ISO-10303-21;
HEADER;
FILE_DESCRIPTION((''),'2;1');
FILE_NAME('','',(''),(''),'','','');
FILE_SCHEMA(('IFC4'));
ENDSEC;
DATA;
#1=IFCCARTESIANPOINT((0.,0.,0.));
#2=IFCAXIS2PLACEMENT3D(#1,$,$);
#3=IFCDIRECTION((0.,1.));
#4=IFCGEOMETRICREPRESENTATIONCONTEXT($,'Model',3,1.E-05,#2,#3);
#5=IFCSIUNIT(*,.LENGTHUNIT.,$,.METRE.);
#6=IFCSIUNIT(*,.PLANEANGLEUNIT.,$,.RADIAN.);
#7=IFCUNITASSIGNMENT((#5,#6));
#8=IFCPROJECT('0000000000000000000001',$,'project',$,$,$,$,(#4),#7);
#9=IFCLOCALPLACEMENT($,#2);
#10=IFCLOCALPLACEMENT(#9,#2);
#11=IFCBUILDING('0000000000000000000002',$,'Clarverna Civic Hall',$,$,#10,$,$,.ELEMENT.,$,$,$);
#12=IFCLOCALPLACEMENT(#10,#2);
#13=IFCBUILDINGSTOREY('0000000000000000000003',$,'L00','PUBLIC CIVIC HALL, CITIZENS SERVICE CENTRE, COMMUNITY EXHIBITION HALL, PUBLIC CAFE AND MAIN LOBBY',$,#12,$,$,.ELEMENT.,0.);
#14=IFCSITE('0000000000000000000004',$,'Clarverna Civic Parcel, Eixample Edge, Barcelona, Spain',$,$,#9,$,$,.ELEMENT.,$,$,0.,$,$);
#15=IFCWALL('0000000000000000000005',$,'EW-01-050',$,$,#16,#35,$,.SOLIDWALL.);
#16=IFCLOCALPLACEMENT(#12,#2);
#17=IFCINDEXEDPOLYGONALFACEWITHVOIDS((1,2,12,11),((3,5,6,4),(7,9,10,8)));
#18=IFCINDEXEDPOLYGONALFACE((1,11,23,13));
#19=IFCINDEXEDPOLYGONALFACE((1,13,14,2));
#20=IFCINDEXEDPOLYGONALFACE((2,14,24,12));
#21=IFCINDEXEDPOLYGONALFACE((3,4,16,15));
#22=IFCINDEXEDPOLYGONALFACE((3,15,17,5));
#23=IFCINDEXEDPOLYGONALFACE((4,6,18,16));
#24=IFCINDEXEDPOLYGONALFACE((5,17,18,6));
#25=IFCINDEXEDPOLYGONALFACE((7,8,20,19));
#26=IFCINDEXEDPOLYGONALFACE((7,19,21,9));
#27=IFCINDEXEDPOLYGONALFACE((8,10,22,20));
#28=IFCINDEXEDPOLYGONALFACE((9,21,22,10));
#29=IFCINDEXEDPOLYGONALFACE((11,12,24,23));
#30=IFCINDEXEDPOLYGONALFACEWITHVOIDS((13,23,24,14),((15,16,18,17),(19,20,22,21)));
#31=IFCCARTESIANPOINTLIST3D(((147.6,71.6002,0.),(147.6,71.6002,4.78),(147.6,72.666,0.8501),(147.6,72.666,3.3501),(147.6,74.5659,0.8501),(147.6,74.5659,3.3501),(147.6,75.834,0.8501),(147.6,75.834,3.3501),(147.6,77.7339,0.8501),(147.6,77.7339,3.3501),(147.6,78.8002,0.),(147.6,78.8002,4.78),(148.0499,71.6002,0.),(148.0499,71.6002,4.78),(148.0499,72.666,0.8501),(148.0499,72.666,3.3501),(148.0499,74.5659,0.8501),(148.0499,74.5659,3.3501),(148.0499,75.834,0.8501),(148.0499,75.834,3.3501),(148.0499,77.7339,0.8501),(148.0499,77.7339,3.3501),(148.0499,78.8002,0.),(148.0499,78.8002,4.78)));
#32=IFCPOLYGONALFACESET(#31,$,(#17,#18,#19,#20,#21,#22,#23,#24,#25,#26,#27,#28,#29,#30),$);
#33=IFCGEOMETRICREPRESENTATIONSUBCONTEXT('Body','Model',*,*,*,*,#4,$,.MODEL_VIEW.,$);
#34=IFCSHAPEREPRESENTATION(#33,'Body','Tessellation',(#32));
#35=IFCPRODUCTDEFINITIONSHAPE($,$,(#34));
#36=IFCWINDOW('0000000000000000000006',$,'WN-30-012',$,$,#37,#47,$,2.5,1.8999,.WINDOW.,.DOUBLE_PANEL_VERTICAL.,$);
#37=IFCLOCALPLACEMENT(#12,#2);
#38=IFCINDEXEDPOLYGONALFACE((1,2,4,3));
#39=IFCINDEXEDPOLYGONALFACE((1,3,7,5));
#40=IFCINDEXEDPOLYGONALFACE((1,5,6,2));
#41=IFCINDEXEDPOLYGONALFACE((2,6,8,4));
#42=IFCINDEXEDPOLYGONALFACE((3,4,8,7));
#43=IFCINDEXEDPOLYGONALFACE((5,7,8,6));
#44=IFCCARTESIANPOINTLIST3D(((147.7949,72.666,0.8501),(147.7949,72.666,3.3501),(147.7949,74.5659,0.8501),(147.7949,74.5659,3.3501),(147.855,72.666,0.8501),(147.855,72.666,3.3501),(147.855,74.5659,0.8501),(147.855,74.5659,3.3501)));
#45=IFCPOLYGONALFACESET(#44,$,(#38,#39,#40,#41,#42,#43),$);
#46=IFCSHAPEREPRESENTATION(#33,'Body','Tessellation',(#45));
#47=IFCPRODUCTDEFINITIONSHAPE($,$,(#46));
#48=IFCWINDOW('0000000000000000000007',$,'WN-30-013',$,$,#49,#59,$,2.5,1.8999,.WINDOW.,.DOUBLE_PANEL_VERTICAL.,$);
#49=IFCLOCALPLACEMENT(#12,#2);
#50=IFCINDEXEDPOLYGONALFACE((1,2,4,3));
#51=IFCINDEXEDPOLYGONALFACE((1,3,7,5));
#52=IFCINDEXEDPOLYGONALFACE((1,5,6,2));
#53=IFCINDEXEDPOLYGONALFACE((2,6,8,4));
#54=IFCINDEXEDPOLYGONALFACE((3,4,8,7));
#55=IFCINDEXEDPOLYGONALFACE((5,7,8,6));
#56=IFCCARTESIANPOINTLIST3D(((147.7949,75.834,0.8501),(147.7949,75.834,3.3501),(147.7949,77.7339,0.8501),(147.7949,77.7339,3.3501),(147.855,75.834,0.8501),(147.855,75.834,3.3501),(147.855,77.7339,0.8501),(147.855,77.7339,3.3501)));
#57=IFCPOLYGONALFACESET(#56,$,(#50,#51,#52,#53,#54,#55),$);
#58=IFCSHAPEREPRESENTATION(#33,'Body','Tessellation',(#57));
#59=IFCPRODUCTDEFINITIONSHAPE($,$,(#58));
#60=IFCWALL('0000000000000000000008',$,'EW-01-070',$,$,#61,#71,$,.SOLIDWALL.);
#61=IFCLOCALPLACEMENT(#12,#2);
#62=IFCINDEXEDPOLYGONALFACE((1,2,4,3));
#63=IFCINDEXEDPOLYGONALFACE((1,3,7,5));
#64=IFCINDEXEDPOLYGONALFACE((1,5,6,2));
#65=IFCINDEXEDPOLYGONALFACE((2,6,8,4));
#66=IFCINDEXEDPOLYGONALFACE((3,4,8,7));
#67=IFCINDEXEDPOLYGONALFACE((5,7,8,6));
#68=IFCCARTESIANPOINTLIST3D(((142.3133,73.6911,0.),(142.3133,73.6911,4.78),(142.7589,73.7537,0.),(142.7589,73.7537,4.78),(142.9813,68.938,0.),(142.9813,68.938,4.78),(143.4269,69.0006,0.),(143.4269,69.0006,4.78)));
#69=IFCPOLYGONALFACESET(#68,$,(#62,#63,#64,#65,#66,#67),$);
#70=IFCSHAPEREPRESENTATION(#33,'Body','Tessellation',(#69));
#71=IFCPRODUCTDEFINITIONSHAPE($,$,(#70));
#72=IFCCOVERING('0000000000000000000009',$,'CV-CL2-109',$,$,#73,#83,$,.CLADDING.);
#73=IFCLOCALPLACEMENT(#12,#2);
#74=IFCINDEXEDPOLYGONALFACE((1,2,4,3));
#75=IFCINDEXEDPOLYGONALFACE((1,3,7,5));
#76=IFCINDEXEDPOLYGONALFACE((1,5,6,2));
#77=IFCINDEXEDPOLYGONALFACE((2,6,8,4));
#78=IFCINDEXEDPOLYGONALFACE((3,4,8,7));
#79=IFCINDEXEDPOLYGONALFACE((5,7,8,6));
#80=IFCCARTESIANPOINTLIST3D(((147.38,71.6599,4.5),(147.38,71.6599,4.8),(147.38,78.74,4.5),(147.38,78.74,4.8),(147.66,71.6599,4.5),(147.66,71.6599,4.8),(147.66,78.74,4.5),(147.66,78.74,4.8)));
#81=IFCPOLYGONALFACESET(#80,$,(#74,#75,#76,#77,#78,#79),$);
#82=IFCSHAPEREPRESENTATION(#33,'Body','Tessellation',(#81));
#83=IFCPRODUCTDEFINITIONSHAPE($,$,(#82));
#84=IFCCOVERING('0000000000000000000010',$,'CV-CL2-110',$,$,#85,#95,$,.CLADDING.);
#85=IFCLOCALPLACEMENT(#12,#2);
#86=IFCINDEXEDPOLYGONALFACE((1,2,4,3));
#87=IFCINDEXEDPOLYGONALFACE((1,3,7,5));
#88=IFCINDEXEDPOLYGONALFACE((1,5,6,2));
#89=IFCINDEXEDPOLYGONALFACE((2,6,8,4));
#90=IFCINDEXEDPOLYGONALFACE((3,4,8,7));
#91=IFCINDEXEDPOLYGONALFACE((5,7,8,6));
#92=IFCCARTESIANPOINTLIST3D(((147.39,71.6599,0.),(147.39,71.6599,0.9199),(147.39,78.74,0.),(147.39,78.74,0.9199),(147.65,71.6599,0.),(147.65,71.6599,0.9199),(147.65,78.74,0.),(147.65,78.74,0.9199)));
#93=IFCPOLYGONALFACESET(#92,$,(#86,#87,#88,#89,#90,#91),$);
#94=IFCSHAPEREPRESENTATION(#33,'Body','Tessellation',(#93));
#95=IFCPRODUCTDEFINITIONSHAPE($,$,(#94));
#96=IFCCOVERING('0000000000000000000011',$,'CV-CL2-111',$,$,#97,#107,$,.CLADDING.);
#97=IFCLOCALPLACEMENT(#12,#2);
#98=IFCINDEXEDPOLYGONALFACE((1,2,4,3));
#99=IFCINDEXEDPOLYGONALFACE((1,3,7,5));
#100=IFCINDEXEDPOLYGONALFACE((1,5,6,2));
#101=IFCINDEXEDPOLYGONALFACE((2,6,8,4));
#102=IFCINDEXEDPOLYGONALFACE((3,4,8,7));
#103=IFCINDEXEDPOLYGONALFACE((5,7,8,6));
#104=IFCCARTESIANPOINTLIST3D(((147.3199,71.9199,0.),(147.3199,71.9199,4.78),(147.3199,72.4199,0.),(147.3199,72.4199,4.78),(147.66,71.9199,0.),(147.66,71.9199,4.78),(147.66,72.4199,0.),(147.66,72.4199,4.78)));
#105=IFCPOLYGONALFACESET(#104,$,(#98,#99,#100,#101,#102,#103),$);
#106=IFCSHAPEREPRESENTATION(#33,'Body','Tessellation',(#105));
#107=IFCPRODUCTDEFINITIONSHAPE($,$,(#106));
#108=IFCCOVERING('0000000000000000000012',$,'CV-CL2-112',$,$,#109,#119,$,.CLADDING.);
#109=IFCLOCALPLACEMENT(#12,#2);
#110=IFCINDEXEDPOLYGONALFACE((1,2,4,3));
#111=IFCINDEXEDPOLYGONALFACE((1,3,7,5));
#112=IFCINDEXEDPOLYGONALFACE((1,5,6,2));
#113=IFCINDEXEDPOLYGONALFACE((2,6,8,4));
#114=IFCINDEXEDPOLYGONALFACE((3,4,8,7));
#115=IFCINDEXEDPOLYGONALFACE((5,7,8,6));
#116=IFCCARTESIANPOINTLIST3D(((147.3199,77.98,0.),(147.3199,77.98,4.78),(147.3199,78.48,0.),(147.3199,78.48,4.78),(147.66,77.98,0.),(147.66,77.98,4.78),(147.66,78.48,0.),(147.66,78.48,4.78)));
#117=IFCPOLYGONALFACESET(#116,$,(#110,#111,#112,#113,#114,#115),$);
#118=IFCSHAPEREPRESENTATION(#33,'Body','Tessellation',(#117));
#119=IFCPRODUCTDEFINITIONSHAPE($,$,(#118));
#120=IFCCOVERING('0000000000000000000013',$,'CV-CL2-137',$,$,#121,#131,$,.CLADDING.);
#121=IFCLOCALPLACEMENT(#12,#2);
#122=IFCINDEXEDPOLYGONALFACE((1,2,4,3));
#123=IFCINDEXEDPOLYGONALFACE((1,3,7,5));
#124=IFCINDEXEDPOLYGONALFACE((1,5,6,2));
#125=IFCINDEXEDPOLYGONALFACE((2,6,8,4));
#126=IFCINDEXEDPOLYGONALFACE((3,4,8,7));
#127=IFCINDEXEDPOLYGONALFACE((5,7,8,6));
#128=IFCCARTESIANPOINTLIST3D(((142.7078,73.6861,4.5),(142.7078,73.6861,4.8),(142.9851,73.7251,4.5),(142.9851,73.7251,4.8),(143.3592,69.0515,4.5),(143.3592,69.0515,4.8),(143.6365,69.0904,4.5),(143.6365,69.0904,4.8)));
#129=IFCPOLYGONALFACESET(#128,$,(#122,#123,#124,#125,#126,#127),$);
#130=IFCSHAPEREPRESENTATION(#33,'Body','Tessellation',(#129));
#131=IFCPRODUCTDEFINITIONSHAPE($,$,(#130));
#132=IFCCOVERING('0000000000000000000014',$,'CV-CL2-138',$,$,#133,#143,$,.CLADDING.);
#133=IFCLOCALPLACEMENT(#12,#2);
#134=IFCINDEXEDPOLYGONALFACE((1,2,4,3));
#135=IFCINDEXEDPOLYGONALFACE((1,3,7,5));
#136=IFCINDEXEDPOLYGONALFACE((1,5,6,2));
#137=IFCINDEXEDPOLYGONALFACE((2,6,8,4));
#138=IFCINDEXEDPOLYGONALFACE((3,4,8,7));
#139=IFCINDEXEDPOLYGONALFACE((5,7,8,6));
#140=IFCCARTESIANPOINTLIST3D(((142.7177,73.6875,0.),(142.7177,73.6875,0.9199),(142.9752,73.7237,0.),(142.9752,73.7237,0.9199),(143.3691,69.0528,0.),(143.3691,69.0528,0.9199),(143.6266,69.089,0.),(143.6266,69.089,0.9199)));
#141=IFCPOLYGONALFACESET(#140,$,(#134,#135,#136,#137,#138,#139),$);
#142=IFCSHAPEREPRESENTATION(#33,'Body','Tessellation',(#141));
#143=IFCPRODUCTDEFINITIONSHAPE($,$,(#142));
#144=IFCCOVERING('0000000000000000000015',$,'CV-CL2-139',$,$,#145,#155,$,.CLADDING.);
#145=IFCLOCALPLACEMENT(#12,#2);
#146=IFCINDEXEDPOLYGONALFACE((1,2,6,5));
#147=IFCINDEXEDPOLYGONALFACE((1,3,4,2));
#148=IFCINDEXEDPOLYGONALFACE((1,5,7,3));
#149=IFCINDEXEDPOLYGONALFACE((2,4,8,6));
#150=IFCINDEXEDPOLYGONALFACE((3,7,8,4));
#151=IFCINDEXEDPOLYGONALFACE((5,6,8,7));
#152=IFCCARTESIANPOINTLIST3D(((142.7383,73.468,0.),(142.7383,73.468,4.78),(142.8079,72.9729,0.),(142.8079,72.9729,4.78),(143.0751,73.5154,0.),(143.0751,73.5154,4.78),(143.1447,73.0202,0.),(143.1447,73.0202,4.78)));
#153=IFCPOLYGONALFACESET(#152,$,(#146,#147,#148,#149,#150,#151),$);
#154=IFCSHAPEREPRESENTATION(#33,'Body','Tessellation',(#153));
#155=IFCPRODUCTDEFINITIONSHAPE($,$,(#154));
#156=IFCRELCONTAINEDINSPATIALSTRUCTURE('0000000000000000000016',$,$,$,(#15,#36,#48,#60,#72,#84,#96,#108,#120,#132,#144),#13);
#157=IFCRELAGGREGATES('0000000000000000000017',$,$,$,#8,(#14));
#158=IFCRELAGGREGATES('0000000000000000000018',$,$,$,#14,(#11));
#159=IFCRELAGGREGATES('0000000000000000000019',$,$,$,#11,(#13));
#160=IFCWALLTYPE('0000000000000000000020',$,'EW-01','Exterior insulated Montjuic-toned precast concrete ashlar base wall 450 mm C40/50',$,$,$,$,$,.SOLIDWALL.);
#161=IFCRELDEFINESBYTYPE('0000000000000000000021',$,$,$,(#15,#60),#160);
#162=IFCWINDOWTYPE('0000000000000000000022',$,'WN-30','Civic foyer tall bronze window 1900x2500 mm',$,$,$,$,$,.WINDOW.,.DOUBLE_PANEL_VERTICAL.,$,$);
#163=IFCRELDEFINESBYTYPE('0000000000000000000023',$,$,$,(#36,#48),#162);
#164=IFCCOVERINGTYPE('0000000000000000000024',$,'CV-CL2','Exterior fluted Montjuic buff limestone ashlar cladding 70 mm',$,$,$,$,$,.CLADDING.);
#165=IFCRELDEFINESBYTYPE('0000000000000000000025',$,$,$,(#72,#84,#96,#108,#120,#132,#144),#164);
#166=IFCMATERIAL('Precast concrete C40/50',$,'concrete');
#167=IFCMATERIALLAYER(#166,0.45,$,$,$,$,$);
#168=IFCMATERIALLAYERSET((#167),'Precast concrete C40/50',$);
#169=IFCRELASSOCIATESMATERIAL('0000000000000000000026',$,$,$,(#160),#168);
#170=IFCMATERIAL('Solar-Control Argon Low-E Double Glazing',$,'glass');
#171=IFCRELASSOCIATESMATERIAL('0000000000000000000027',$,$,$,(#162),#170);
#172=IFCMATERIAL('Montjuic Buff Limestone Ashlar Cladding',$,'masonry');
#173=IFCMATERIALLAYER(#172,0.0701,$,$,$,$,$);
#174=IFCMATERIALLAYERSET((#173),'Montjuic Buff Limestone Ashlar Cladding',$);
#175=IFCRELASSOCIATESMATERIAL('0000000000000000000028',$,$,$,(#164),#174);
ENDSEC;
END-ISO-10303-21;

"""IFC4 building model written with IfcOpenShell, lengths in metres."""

from ifc_helpers import new_model, si_unit, direction, frame, frame_2d, origin, place, context, subcontext, project, spatial, rectangle, extrude, material, layer, layer_set, type_object, element, fill, save


model = new_model("IFC4")

# Units and contexts
model_context = context("Model", 3, precision=1e-05, world=origin(), true_north=direction((0.0, 1.0)))
body_context = subcontext(model_context, "Body", "Model", "MODEL_VIEW")
ifc_project = project(units=[si_unit("LENGTHUNIT", "METRE"), si_unit("PLANEANGLEUNIT", "RADIAN")], contexts=[model_context])

# Site, building, storey
site_placement = place(None, origin())
site = spatial("IfcSite", under=ifc_project, at=site_placement, Name="Clarverna Civic Parcel, Eixample Edge, Barcelona, Spain", CompositionType="ELEMENT", RefElevation=0.0)
building_placement = place(site_placement, origin())
building = spatial("IfcBuilding", under=site, at=building_placement, Name="Clarverna Civic Hall", CompositionType="ELEMENT")
storey_placement = place(building_placement, origin())
storey = spatial("IfcBuildingStorey", under=building, at=storey_placement, Name="L00", Description="PUBLIC CIVIC HALL, CITIZENS SERVICE CENTRE, COMMUNITY EXHIBITION HALL, PUBLIC CAFE AND MAIN LOBBY", CompositionType="ELEMENT", Elevation=0.0)

# Shared definitions
ifc_material_1 = material(Name="Solar-Control Argon Low-E Double Glazing", Category="glass")

# Wall, openings, windows
ifc_material_2 = material(Name="Precast concrete C40/50", Category="concrete")
ifc_layer_1 = layer(ifc_material_2, 0.45)
ifc_layer_set_1 = layer_set([ifc_layer_1], Name="Precast concrete C40/50")
wall_type = type_object("IfcWallType", Name="EW-01", Description="Exterior insulated Montjuic-toned precast concrete ashlar base wall 450 mm C40/50", PredefinedType="SOLIDWALL", material=ifc_layer_set_1)
wall_1_placement = place(storey_placement, frame((147.825, 71.6001, 0.0), z_axis=(0.0, 0.0, 1.0), x_axis=(0.0, 1.0, 0.0)))
wall_1 = element("IfcWall", 1, at=wall_1_placement, inside=storey, type_object=wall_type, Name="EW-01-050", PredefinedType="SOLIDWALL", context=body_context, shape_type="SweptSolid", body=[
    extrude(rectangle(XDim=7.2, YDim=0.45, at=frame_2d((3.6001, 0.0))), origin(), (0.0, 0.0, 1.0), 4.78),
])
opening_1_placement = place(wall_1_placement, frame((1.0659, 0.0, 0.8501)))
opening_1 = element("IfcOpeningElement", 2, at=opening_1_placement, cuts=wall_1, PredefinedType="OPENING", context=body_context, shape_type="SweptSolid", body=[
    extrude(rectangle(XDim=1.8999, YDim=2.5, at=frame_2d((0.95, 1.25))), frame((0.0, 0.2349, 0.0), z_axis=(0.0, -1.0, 0.0), x_axis=(1.0, 0.0, 0.0)), (0.0, 0.0, 1.0), 0.47),
])
opening_2_placement = place(wall_1_placement, frame((4.2339, 0.0, 0.8501)))
opening_2 = element("IfcOpeningElement", 3, at=opening_2_placement, cuts=wall_1, PredefinedType="OPENING", context=body_context, shape_type="SweptSolid", body=[
    extrude(rectangle(XDim=1.8999, YDim=2.5, at=frame_2d((0.95, 1.25))), frame((0.0, 0.2349, 0.0), z_axis=(0.0, -1.0, 0.0), x_axis=(1.0, 0.0, 0.0)), (0.0, 0.0, 1.0), 0.47),
])
window_type = type_object("IfcWindowType", Name="WN-30", Description="Civic foyer tall bronze window 1900x2500 mm", PartitioningType="DOUBLE_PANEL_VERTICAL", PredefinedType="WINDOW", material=ifc_material_1)
window_1_placement = place(opening_1_placement, origin())
window_1 = element("IfcWindow", 4, at=window_1_placement, inside=storey, type_object=window_type, Name="WN-30-012", OverallHeight=2.5, OverallWidth=1.8999, PartitioningType="DOUBLE_PANEL_VERTICAL", PredefinedType="WINDOW", context=body_context, shape_type="SweptSolid", body=[
    extrude(rectangle(XDim=1.8999, YDim=2.5, at=frame_2d((0.95, 1.25))), frame((0.0, 0.03, 0.0), z_axis=(0.0, -1.0, 0.0), x_axis=(1.0, 0.0, 0.0)), (0.0, 0.0, 1.0), 0.0601),
])
fill(opening_1, window_1)
window_2_placement = place(opening_2_placement, origin())
window_2 = element("IfcWindow", 5, at=window_2_placement, inside=storey, type_object=window_type, Name="WN-30-013", OverallHeight=2.5, OverallWidth=1.8999, PartitioningType="DOUBLE_PANEL_VERTICAL", PredefinedType="WINDOW", context=body_context, shape_type="SweptSolid", body=[
    extrude(rectangle(XDim=1.8999, YDim=2.5, at=frame_2d((0.95, 1.25))), frame((0.0, 0.03, 0.0), z_axis=(0.0, -1.0, 0.0), x_axis=(1.0, 0.0, 0.0)), (0.0, 0.0, 1.0), 0.0601),
])
fill(opening_2, window_2)

# Wall
wall_2_placement = place(storey_placement, frame((142.5361, 73.7224, 0.0), z_axis=(0.0, 0.0, 1.0), x_axis=(0.139164, -0.990269, 0.0)))
element("IfcWall", 6, at=wall_2_placement, inside=storey, type_object=wall_type, Name="EW-01-070", PredefinedType="SOLIDWALL", context=body_context, shape_type="SweptSolid", body=[
    extrude(rectangle(XDim=4.7998, YDim=0.45, at=frame_2d((2.3999, 0.0))), origin(), (0.0, 0.0, 1.0), 4.78),
])

# Coverings
ifc_material_3 = material(Name="Montjuic Buff Limestone Ashlar Cladding", Category="masonry")
ifc_layer_2 = layer(ifc_material_3, 0.0701)
ifc_layer_set_2 = layer_set([ifc_layer_2], Name="Montjuic Buff Limestone Ashlar Cladding")
covering_type = type_object("IfcCoveringType", Name="CV-CL2", Description="Exterior fluted Montjuic buff limestone ashlar cladding 70 mm", PredefinedType="CLADDING", material=ifc_layer_set_2)
covering_1_placement = place(storey_placement, frame((147.52, 71.6599, 4.5), z_axis=(0.0, 0.0, 1.0), x_axis=(0.0, 1.0, 0.0)))
element("IfcCovering", 7, at=covering_1_placement, inside=storey, type_object=covering_type, Name="CV-CL2-109", PredefinedType="CLADDING", context=body_context, shape_type="SweptSolid", body=[
    extrude(rectangle(XDim=7.0801, YDim=0.28, at=frame_2d((3.54, 0.0))), origin(), (0.0, 0.0, 1.0), 0.3),
])
covering_2_placement = place(storey_placement, frame((147.52, 71.6599, 0.0), z_axis=(0.0, 0.0, 1.0), x_axis=(0.0, 1.0, 0.0)))
element("IfcCovering", 8, at=covering_2_placement, inside=storey, type_object=covering_type, Name="CV-CL2-110", PredefinedType="CLADDING", context=body_context, shape_type="SweptSolid", body=[
    extrude(rectangle(XDim=7.0801, YDim=0.26, at=frame_2d((3.54, 0.0))), origin(), (0.0, 0.0, 1.0), 0.9199),
])
for number, where, z_axis, x_axis, name in (
    (9, (147.49, 71.9199, 0.0), (0.0, 0.0, 1.0), (0.0, 1.0, 0.0), "CV-CL2-111"),
    (10, (147.49, 77.98, 0.0), (0.0, 0.0, 1.0), (0.0, 1.0, 0.0), "CV-CL2-112"),
):
    element("IfcCovering", number, at=place(storey_placement, frame(where, z_axis=z_axis, x_axis=x_axis)), inside=storey, type_object=covering_type, Name=name, PredefinedType="CLADDING", context=body_context, shape_type="SweptSolid", body=[
        extrude(rectangle(XDim=0.5, YDim=0.3401, at=frame_2d((0.25, 0.0))), origin(), (0.0, 0.0, 1.0), 4.78),
    ])
covering_3_placement = place(storey_placement, frame((142.8464, 73.7056, 4.5), z_axis=(0.0, 0.0, 1.0), x_axis=(0.139179, -0.990267, 0.0)))
element("IfcCovering", 11, at=covering_3_placement, inside=storey, type_object=covering_type, Name="CV-CL2-137", PredefinedType="CLADDING", context=body_context, shape_type="SweptSolid", body=[
    extrude(rectangle(XDim=4.6802, YDim=0.28, at=frame_2d((2.3401, 0.0))), origin(), (0.0, 0.0, 1.0), 0.3),
])
covering_4_placement = place(storey_placement, frame((142.8464, 73.7056, 0.0), z_axis=(0.0, 0.0, 1.0), x_axis=(0.139179, -0.990267, 0.0)))
element("IfcCovering", 12, at=covering_4_placement, inside=storey, type_object=covering_type, Name="CV-CL2-138", PredefinedType="CLADDING", context=body_context, shape_type="SweptSolid", body=[
    extrude(rectangle(XDim=4.6802, YDim=0.26, at=frame_2d((2.3401, 0.0))), origin(), (0.0, 0.0, 1.0), 0.9199),
])
covering_5_placement = place(storey_placement, frame((142.9067, 73.4917, 0.0), z_axis=(0.0, 0.0, 1.0), x_axis=(0.139165, -0.990269, 0.0)))
element("IfcCovering", 13, at=covering_5_placement, inside=storey, type_object=covering_type, Name="CV-CL2-139", PredefinedType="CLADDING", context=body_context, shape_type="SweptSolid", body=[
    extrude(rectangle(XDim=0.5, YDim=0.3401, at=frame_2d((0.25, 0.0))), origin(), (0.0, 0.0, 1.0), 4.78),
])

save(model, "model.ifc")
